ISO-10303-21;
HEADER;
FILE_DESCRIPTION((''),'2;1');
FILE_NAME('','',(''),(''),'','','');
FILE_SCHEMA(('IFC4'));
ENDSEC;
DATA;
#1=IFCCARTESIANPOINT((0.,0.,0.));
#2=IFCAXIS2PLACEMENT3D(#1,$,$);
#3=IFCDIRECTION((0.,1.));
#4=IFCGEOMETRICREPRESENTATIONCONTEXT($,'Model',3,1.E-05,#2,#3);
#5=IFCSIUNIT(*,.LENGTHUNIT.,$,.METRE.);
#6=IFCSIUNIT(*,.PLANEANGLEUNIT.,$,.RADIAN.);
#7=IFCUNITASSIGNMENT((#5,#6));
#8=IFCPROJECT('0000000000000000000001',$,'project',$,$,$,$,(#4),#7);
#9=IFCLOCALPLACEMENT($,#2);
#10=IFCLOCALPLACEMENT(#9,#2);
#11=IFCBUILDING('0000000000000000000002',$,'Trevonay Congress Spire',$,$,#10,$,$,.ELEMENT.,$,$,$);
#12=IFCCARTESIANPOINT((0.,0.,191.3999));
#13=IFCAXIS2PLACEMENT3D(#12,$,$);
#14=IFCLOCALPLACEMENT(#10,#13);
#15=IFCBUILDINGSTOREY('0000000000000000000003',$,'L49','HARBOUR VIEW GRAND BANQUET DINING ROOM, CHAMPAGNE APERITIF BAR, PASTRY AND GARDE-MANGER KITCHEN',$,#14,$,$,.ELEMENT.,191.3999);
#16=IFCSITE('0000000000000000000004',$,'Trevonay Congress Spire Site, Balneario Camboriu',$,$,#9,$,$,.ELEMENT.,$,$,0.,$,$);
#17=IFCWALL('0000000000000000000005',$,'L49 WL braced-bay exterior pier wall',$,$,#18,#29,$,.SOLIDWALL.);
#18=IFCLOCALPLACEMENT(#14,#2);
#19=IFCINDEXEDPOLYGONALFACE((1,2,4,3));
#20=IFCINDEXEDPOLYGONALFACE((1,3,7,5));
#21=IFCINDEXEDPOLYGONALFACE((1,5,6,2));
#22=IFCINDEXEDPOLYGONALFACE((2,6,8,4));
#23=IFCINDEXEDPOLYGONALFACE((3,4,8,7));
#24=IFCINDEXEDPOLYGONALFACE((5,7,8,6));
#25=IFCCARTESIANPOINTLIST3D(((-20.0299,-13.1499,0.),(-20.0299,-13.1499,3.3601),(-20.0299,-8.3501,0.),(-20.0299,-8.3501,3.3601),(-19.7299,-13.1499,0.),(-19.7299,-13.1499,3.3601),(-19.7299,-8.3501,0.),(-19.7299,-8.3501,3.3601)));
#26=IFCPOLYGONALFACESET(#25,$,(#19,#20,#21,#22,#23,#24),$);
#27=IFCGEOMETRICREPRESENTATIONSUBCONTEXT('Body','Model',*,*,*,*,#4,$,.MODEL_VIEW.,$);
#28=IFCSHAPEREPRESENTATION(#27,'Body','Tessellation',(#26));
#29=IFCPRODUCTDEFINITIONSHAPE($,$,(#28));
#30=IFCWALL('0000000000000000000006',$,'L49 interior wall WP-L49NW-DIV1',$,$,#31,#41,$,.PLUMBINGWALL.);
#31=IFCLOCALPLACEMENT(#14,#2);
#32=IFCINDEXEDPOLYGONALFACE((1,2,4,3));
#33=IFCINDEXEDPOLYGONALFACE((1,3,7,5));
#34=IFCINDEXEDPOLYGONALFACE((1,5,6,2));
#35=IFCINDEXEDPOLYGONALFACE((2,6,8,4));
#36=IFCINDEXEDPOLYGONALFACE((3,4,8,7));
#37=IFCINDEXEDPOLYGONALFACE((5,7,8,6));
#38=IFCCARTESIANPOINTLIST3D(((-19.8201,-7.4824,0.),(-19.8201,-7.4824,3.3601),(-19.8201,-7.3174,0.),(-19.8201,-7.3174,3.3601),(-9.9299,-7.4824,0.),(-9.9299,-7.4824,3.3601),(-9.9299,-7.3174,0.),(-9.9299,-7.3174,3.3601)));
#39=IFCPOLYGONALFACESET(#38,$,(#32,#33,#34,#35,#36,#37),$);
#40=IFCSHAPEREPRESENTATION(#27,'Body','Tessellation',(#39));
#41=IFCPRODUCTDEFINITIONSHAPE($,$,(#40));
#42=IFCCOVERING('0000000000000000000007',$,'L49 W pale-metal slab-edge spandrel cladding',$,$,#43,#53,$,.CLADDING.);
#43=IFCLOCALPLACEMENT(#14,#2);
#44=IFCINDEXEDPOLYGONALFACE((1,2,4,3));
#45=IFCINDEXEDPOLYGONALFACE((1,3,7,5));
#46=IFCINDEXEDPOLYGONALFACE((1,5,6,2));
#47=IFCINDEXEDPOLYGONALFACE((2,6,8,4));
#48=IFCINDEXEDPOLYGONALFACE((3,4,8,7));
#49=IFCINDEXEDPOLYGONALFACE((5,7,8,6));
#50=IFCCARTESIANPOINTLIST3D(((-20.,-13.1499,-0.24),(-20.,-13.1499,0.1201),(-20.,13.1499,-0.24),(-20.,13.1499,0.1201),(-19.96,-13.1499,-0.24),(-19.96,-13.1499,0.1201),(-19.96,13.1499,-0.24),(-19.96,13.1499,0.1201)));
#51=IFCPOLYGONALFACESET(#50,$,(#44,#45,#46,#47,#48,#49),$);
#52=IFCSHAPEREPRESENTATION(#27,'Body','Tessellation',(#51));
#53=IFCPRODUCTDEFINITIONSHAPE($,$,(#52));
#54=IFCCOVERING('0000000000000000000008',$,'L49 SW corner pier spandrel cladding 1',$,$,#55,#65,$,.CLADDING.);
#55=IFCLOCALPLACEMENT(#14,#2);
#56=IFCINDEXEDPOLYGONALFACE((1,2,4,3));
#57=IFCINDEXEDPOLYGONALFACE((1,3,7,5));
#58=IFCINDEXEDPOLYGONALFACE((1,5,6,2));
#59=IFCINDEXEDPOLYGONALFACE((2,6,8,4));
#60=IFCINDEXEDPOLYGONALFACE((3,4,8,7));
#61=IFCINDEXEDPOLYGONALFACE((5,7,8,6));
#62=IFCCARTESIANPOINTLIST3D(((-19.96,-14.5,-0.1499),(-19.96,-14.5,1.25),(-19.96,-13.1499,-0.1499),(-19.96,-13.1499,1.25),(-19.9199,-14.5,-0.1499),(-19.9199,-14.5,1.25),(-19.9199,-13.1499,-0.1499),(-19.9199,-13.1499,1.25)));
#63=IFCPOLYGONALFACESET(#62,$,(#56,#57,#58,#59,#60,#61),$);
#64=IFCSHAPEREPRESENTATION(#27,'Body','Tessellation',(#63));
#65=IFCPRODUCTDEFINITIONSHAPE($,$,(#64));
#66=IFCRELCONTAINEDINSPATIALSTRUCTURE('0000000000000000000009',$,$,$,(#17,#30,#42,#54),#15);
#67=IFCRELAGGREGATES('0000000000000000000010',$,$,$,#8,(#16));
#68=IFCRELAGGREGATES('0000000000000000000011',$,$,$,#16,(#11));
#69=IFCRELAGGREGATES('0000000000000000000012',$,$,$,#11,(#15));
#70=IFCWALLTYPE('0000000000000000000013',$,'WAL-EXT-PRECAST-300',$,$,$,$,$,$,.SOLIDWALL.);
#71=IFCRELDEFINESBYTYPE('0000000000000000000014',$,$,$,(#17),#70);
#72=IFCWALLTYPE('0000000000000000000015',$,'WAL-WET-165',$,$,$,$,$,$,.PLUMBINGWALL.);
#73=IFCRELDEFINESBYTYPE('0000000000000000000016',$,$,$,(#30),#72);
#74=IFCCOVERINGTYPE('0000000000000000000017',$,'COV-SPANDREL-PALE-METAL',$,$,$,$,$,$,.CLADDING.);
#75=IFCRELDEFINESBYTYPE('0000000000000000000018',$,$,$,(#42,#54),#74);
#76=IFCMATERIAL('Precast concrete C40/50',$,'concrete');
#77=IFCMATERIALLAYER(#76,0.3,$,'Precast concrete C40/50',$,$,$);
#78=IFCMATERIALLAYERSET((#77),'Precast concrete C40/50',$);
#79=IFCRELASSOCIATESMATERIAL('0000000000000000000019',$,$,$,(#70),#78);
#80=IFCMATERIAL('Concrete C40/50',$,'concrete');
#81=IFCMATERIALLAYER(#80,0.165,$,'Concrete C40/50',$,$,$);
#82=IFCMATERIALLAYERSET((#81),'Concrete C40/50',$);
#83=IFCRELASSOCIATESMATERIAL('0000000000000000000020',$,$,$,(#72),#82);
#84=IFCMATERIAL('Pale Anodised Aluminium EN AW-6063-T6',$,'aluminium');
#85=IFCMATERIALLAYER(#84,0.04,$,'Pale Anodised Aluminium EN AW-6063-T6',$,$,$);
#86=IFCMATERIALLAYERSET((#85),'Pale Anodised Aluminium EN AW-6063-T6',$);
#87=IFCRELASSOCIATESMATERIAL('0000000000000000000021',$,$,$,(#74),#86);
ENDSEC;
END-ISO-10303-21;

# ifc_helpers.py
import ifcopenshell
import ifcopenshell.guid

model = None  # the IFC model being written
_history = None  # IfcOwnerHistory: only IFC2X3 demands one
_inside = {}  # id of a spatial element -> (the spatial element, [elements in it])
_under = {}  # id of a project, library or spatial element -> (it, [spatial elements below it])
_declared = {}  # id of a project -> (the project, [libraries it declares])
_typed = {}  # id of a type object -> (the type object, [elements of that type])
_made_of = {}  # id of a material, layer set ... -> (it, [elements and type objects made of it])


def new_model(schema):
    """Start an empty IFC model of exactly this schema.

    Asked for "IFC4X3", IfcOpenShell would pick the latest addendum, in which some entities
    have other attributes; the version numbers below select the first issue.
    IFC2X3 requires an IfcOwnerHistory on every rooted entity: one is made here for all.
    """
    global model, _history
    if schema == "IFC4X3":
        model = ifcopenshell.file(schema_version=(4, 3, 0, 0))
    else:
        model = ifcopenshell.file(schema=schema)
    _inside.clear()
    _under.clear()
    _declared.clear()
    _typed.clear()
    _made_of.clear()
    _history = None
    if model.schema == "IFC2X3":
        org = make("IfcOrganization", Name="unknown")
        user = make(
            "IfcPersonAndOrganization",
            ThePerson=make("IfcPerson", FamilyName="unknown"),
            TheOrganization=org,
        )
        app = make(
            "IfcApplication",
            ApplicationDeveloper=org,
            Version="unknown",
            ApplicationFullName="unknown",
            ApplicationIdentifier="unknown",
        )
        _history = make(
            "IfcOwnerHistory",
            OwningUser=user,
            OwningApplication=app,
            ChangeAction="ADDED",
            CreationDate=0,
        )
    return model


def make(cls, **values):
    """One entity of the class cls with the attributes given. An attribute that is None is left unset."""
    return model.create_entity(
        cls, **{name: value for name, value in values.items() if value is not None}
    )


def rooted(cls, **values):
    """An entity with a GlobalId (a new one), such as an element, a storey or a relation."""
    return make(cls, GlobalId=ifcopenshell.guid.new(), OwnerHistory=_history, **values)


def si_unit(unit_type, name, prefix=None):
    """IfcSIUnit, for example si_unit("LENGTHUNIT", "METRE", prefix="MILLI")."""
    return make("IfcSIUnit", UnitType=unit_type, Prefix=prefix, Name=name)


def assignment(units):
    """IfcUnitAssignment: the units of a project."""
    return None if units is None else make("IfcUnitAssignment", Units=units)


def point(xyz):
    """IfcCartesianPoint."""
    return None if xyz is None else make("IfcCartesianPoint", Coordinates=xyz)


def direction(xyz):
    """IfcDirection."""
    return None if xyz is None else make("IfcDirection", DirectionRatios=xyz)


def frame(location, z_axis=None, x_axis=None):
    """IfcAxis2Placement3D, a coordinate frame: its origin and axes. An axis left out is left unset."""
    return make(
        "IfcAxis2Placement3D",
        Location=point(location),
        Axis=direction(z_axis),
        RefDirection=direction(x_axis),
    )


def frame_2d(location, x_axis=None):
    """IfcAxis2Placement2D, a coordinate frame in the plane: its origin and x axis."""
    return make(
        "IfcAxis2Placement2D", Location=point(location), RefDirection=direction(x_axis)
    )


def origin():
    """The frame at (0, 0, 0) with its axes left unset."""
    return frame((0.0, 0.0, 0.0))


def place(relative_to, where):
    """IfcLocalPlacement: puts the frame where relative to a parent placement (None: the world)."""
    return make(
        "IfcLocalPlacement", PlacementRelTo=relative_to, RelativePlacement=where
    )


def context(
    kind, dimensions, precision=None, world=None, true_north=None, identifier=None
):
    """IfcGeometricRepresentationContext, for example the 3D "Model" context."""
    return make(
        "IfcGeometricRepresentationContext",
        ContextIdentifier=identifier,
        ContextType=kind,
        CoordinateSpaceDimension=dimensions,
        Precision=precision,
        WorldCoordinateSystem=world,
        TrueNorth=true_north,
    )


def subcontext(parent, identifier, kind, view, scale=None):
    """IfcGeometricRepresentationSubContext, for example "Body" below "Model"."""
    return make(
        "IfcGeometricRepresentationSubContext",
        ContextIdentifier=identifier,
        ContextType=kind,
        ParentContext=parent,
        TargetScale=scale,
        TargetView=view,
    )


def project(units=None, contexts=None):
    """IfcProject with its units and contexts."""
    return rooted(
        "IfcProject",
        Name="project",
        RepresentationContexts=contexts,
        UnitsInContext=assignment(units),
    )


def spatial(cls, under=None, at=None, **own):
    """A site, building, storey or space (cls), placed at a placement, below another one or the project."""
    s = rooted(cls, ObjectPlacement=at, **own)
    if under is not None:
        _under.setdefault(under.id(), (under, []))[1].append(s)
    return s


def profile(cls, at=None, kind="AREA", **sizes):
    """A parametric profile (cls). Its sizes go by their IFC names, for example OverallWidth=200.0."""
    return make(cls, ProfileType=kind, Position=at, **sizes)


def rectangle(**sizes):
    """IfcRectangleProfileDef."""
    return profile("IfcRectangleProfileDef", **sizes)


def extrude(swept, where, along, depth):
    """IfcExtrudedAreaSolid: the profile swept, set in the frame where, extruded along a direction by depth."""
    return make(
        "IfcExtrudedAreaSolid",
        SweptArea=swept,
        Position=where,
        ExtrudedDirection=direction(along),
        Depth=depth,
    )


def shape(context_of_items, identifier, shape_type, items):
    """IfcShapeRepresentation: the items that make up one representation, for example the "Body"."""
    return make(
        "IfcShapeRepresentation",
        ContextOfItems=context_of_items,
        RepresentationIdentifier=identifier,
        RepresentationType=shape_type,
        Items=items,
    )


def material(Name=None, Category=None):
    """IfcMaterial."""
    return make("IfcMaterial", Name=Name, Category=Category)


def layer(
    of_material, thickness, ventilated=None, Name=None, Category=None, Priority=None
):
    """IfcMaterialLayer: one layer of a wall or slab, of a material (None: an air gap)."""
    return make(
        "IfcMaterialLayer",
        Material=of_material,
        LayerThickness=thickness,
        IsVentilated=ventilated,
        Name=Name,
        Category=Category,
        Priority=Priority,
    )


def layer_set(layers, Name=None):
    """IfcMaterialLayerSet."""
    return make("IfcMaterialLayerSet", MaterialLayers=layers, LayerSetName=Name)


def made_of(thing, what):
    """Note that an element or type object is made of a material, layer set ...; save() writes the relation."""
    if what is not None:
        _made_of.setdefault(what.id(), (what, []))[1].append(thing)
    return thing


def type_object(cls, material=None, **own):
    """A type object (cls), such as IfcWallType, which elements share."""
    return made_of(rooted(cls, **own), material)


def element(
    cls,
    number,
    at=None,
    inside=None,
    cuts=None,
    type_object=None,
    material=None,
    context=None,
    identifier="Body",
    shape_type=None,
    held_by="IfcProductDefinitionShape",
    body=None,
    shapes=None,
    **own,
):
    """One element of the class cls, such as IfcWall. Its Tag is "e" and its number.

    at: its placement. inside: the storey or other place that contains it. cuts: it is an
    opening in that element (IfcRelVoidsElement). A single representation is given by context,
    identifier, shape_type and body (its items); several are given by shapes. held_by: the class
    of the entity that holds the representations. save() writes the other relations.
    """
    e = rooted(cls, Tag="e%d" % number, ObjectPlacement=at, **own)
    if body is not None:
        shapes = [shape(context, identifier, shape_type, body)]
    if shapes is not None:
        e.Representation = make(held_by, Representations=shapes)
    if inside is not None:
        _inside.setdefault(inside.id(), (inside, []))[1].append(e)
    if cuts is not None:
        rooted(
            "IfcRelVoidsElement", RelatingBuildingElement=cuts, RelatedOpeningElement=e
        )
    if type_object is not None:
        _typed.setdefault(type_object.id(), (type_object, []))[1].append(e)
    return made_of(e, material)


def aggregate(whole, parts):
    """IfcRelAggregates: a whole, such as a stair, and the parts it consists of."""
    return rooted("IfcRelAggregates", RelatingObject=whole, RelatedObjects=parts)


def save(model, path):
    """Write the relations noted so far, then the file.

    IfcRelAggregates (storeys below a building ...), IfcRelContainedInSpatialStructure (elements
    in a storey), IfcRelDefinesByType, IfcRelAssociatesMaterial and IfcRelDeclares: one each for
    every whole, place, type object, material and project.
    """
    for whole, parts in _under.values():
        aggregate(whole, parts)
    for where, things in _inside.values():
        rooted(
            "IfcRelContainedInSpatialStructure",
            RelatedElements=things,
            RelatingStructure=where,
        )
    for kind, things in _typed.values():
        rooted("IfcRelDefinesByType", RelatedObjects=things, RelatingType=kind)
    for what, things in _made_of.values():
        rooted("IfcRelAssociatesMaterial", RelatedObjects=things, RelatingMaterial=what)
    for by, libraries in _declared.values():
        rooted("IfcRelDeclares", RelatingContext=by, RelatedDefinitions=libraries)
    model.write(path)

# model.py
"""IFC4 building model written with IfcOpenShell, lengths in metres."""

from ifc_helpers import new_model, si_unit, direction, frame, frame_2d, origin, place, context, subcontext, project, spatial, rectangle, extrude, material, layer, layer_set, type_object, element, save


model = new_model("IFC4")

# Units and contexts
model_context = context("Model", 3, precision=1e-05, world=origin(), true_north=direction((0.0, 1.0)))
body_context = subcontext(model_context, "Body", "Model", "MODEL_VIEW")
ifc_project = project(units=[si_unit("LENGTHUNIT", "METRE"), si_unit("PLANEANGLEUNIT", "RADIAN")], contexts=[model_context])

# Site, building, storey
site_placement = place(None, origin())
site = spatial("IfcSite", under=ifc_project, at=site_placement, Name="Trevonay Congress Spire Site, Balneario Camboriu", CompositionType="ELEMENT", RefElevation=0.0)
building_placement = place(site_placement, origin())
building = spatial("IfcBuilding", under=site, at=building_placement, Name="Trevonay Congress Spire", CompositionType="ELEMENT")
storey_placement = place(building_placement, frame((0.0, 0.0, 191.3999)))
storey = spatial("IfcBuildingStorey", under=building, at=storey_placement, Name="L49", Description="HARBOUR VIEW GRAND BANQUET DINING ROOM, CHAMPAGNE APERITIF BAR, PASTRY AND GARDE-MANGER KITCHEN", CompositionType="ELEMENT", Elevation=191.3999)

# Shared definitions
ifc_material_1 = material(Name="Pale Anodised Aluminium EN AW-6063-T6", Category="aluminium")

# Shared definitions
ifc_material_2 = material(Name="Concrete C40/50", Category="concrete")

# Walls
ifc_material_3 = material(Name="Precast concrete C40/50", Category="concrete")
ifc_layer_1 = layer(ifc_material_3, 0.3, Name="Precast concrete C40/50")
ifc_layer_set_1 = layer_set([ifc_layer_1], Name="Precast concrete C40/50")
wall_type_1 = type_object("IfcWallType", Name="WAL-EXT-PRECAST-300", PredefinedType="SOLIDWALL", material=ifc_layer_set_1)
wall_1_placement = place(storey_placement, frame((-19.8799, -13.1499, 0.0), z_axis=(0.0, 0.0, 1.0), x_axis=(0.0, 1.0, 0.0)))
element("IfcWall", 1, at=wall_1_placement, inside=storey, type_object=wall_type_1, Name="L49 WL braced-bay exterior pier wall", PredefinedType="SOLIDWALL", context=body_context, shape_type="SweptSolid", body=[
    extrude(rectangle(XDim=4.7998, YDim=0.3, at=frame_2d((2.3999, 0.0))), origin(), (0.0, 0.0, 1.0), 3.3601),
])
ifc_layer_2 = layer(ifc_material_2, 0.165, Name="Concrete C40/50")
ifc_layer_set_2 = layer_set([ifc_layer_2], Name="Concrete C40/50")
wall_type_2 = type_object("IfcWallType", Name="WAL-WET-165", PredefinedType="PLUMBINGWALL", material=ifc_layer_set_2)
wall_2_placement = place(storey_placement, frame((-19.8201, -7.3999, 0.0), z_axis=(0.0, 0.0, 1.0), x_axis=(1.0, 0.0, 0.0)))
element("IfcWall", 2, at=wall_2_placement, inside=storey, type_object=wall_type_2, Name="L49 interior wall WP-L49NW-DIV1", PredefinedType="PLUMBINGWALL", context=body_context, shape_type="SweptSolid", body=[
    extrude(rectangle(XDim=9.8901, YDim=0.165, at=frame_2d((4.9451, 0.0))), origin(), (0.0, 0.0, 1.0), 3.3601),
])

# Coverings
ifc_layer_3 = layer(ifc_material_1, 0.04, Name="Pale Anodised Aluminium EN AW-6063-T6")
ifc_layer_set_3 = layer_set([ifc_layer_3], Name="Pale Anodised Aluminium EN AW-6063-T6")
covering_type = type_object("IfcCoveringType", Name="COV-SPANDREL-PALE-METAL", PredefinedType="CLADDING", material=ifc_layer_set_3)
covering_1_placement = place(storey_placement, frame((-19.98, -13.1499, -0.24), z_axis=(0.0, 0.0, 1.0), x_axis=(0.0, 1.0, 0.0)))
element("IfcCovering", 3, at=covering_1_placement, inside=storey, type_object=covering_type, Name="L49 W pale-metal slab-edge spandrel cladding", PredefinedType="CLADDING", context=body_context, shape_type="SweptSolid", body=[
    extrude(rectangle(XDim=26.2998, YDim=0.04, at=frame_2d((13.1499, 0.0))), origin(), (0.0, 0.0, 1.0), 0.3601),
])
covering_2_placement = place(storey_placement, frame((-19.9399, -13.1499, -0.1499), z_axis=(0.0, 0.0, 1.0), x_axis=(0.0, -1.0, 0.0)))
element("IfcCovering", 4, at=covering_2_placement, inside=storey, type_object=covering_type, Name="L49 SW corner pier spandrel cladding 1", PredefinedType="CLADDING", context=body_context, shape_type="SweptSolid", body=[
    extrude(rectangle(XDim=1.3501, YDim=0.04, at=frame_2d((0.675, 0.0))), origin(), (0.0, 0.0, 1.0), 1.3999),
])

save(model, "model.ifc")
